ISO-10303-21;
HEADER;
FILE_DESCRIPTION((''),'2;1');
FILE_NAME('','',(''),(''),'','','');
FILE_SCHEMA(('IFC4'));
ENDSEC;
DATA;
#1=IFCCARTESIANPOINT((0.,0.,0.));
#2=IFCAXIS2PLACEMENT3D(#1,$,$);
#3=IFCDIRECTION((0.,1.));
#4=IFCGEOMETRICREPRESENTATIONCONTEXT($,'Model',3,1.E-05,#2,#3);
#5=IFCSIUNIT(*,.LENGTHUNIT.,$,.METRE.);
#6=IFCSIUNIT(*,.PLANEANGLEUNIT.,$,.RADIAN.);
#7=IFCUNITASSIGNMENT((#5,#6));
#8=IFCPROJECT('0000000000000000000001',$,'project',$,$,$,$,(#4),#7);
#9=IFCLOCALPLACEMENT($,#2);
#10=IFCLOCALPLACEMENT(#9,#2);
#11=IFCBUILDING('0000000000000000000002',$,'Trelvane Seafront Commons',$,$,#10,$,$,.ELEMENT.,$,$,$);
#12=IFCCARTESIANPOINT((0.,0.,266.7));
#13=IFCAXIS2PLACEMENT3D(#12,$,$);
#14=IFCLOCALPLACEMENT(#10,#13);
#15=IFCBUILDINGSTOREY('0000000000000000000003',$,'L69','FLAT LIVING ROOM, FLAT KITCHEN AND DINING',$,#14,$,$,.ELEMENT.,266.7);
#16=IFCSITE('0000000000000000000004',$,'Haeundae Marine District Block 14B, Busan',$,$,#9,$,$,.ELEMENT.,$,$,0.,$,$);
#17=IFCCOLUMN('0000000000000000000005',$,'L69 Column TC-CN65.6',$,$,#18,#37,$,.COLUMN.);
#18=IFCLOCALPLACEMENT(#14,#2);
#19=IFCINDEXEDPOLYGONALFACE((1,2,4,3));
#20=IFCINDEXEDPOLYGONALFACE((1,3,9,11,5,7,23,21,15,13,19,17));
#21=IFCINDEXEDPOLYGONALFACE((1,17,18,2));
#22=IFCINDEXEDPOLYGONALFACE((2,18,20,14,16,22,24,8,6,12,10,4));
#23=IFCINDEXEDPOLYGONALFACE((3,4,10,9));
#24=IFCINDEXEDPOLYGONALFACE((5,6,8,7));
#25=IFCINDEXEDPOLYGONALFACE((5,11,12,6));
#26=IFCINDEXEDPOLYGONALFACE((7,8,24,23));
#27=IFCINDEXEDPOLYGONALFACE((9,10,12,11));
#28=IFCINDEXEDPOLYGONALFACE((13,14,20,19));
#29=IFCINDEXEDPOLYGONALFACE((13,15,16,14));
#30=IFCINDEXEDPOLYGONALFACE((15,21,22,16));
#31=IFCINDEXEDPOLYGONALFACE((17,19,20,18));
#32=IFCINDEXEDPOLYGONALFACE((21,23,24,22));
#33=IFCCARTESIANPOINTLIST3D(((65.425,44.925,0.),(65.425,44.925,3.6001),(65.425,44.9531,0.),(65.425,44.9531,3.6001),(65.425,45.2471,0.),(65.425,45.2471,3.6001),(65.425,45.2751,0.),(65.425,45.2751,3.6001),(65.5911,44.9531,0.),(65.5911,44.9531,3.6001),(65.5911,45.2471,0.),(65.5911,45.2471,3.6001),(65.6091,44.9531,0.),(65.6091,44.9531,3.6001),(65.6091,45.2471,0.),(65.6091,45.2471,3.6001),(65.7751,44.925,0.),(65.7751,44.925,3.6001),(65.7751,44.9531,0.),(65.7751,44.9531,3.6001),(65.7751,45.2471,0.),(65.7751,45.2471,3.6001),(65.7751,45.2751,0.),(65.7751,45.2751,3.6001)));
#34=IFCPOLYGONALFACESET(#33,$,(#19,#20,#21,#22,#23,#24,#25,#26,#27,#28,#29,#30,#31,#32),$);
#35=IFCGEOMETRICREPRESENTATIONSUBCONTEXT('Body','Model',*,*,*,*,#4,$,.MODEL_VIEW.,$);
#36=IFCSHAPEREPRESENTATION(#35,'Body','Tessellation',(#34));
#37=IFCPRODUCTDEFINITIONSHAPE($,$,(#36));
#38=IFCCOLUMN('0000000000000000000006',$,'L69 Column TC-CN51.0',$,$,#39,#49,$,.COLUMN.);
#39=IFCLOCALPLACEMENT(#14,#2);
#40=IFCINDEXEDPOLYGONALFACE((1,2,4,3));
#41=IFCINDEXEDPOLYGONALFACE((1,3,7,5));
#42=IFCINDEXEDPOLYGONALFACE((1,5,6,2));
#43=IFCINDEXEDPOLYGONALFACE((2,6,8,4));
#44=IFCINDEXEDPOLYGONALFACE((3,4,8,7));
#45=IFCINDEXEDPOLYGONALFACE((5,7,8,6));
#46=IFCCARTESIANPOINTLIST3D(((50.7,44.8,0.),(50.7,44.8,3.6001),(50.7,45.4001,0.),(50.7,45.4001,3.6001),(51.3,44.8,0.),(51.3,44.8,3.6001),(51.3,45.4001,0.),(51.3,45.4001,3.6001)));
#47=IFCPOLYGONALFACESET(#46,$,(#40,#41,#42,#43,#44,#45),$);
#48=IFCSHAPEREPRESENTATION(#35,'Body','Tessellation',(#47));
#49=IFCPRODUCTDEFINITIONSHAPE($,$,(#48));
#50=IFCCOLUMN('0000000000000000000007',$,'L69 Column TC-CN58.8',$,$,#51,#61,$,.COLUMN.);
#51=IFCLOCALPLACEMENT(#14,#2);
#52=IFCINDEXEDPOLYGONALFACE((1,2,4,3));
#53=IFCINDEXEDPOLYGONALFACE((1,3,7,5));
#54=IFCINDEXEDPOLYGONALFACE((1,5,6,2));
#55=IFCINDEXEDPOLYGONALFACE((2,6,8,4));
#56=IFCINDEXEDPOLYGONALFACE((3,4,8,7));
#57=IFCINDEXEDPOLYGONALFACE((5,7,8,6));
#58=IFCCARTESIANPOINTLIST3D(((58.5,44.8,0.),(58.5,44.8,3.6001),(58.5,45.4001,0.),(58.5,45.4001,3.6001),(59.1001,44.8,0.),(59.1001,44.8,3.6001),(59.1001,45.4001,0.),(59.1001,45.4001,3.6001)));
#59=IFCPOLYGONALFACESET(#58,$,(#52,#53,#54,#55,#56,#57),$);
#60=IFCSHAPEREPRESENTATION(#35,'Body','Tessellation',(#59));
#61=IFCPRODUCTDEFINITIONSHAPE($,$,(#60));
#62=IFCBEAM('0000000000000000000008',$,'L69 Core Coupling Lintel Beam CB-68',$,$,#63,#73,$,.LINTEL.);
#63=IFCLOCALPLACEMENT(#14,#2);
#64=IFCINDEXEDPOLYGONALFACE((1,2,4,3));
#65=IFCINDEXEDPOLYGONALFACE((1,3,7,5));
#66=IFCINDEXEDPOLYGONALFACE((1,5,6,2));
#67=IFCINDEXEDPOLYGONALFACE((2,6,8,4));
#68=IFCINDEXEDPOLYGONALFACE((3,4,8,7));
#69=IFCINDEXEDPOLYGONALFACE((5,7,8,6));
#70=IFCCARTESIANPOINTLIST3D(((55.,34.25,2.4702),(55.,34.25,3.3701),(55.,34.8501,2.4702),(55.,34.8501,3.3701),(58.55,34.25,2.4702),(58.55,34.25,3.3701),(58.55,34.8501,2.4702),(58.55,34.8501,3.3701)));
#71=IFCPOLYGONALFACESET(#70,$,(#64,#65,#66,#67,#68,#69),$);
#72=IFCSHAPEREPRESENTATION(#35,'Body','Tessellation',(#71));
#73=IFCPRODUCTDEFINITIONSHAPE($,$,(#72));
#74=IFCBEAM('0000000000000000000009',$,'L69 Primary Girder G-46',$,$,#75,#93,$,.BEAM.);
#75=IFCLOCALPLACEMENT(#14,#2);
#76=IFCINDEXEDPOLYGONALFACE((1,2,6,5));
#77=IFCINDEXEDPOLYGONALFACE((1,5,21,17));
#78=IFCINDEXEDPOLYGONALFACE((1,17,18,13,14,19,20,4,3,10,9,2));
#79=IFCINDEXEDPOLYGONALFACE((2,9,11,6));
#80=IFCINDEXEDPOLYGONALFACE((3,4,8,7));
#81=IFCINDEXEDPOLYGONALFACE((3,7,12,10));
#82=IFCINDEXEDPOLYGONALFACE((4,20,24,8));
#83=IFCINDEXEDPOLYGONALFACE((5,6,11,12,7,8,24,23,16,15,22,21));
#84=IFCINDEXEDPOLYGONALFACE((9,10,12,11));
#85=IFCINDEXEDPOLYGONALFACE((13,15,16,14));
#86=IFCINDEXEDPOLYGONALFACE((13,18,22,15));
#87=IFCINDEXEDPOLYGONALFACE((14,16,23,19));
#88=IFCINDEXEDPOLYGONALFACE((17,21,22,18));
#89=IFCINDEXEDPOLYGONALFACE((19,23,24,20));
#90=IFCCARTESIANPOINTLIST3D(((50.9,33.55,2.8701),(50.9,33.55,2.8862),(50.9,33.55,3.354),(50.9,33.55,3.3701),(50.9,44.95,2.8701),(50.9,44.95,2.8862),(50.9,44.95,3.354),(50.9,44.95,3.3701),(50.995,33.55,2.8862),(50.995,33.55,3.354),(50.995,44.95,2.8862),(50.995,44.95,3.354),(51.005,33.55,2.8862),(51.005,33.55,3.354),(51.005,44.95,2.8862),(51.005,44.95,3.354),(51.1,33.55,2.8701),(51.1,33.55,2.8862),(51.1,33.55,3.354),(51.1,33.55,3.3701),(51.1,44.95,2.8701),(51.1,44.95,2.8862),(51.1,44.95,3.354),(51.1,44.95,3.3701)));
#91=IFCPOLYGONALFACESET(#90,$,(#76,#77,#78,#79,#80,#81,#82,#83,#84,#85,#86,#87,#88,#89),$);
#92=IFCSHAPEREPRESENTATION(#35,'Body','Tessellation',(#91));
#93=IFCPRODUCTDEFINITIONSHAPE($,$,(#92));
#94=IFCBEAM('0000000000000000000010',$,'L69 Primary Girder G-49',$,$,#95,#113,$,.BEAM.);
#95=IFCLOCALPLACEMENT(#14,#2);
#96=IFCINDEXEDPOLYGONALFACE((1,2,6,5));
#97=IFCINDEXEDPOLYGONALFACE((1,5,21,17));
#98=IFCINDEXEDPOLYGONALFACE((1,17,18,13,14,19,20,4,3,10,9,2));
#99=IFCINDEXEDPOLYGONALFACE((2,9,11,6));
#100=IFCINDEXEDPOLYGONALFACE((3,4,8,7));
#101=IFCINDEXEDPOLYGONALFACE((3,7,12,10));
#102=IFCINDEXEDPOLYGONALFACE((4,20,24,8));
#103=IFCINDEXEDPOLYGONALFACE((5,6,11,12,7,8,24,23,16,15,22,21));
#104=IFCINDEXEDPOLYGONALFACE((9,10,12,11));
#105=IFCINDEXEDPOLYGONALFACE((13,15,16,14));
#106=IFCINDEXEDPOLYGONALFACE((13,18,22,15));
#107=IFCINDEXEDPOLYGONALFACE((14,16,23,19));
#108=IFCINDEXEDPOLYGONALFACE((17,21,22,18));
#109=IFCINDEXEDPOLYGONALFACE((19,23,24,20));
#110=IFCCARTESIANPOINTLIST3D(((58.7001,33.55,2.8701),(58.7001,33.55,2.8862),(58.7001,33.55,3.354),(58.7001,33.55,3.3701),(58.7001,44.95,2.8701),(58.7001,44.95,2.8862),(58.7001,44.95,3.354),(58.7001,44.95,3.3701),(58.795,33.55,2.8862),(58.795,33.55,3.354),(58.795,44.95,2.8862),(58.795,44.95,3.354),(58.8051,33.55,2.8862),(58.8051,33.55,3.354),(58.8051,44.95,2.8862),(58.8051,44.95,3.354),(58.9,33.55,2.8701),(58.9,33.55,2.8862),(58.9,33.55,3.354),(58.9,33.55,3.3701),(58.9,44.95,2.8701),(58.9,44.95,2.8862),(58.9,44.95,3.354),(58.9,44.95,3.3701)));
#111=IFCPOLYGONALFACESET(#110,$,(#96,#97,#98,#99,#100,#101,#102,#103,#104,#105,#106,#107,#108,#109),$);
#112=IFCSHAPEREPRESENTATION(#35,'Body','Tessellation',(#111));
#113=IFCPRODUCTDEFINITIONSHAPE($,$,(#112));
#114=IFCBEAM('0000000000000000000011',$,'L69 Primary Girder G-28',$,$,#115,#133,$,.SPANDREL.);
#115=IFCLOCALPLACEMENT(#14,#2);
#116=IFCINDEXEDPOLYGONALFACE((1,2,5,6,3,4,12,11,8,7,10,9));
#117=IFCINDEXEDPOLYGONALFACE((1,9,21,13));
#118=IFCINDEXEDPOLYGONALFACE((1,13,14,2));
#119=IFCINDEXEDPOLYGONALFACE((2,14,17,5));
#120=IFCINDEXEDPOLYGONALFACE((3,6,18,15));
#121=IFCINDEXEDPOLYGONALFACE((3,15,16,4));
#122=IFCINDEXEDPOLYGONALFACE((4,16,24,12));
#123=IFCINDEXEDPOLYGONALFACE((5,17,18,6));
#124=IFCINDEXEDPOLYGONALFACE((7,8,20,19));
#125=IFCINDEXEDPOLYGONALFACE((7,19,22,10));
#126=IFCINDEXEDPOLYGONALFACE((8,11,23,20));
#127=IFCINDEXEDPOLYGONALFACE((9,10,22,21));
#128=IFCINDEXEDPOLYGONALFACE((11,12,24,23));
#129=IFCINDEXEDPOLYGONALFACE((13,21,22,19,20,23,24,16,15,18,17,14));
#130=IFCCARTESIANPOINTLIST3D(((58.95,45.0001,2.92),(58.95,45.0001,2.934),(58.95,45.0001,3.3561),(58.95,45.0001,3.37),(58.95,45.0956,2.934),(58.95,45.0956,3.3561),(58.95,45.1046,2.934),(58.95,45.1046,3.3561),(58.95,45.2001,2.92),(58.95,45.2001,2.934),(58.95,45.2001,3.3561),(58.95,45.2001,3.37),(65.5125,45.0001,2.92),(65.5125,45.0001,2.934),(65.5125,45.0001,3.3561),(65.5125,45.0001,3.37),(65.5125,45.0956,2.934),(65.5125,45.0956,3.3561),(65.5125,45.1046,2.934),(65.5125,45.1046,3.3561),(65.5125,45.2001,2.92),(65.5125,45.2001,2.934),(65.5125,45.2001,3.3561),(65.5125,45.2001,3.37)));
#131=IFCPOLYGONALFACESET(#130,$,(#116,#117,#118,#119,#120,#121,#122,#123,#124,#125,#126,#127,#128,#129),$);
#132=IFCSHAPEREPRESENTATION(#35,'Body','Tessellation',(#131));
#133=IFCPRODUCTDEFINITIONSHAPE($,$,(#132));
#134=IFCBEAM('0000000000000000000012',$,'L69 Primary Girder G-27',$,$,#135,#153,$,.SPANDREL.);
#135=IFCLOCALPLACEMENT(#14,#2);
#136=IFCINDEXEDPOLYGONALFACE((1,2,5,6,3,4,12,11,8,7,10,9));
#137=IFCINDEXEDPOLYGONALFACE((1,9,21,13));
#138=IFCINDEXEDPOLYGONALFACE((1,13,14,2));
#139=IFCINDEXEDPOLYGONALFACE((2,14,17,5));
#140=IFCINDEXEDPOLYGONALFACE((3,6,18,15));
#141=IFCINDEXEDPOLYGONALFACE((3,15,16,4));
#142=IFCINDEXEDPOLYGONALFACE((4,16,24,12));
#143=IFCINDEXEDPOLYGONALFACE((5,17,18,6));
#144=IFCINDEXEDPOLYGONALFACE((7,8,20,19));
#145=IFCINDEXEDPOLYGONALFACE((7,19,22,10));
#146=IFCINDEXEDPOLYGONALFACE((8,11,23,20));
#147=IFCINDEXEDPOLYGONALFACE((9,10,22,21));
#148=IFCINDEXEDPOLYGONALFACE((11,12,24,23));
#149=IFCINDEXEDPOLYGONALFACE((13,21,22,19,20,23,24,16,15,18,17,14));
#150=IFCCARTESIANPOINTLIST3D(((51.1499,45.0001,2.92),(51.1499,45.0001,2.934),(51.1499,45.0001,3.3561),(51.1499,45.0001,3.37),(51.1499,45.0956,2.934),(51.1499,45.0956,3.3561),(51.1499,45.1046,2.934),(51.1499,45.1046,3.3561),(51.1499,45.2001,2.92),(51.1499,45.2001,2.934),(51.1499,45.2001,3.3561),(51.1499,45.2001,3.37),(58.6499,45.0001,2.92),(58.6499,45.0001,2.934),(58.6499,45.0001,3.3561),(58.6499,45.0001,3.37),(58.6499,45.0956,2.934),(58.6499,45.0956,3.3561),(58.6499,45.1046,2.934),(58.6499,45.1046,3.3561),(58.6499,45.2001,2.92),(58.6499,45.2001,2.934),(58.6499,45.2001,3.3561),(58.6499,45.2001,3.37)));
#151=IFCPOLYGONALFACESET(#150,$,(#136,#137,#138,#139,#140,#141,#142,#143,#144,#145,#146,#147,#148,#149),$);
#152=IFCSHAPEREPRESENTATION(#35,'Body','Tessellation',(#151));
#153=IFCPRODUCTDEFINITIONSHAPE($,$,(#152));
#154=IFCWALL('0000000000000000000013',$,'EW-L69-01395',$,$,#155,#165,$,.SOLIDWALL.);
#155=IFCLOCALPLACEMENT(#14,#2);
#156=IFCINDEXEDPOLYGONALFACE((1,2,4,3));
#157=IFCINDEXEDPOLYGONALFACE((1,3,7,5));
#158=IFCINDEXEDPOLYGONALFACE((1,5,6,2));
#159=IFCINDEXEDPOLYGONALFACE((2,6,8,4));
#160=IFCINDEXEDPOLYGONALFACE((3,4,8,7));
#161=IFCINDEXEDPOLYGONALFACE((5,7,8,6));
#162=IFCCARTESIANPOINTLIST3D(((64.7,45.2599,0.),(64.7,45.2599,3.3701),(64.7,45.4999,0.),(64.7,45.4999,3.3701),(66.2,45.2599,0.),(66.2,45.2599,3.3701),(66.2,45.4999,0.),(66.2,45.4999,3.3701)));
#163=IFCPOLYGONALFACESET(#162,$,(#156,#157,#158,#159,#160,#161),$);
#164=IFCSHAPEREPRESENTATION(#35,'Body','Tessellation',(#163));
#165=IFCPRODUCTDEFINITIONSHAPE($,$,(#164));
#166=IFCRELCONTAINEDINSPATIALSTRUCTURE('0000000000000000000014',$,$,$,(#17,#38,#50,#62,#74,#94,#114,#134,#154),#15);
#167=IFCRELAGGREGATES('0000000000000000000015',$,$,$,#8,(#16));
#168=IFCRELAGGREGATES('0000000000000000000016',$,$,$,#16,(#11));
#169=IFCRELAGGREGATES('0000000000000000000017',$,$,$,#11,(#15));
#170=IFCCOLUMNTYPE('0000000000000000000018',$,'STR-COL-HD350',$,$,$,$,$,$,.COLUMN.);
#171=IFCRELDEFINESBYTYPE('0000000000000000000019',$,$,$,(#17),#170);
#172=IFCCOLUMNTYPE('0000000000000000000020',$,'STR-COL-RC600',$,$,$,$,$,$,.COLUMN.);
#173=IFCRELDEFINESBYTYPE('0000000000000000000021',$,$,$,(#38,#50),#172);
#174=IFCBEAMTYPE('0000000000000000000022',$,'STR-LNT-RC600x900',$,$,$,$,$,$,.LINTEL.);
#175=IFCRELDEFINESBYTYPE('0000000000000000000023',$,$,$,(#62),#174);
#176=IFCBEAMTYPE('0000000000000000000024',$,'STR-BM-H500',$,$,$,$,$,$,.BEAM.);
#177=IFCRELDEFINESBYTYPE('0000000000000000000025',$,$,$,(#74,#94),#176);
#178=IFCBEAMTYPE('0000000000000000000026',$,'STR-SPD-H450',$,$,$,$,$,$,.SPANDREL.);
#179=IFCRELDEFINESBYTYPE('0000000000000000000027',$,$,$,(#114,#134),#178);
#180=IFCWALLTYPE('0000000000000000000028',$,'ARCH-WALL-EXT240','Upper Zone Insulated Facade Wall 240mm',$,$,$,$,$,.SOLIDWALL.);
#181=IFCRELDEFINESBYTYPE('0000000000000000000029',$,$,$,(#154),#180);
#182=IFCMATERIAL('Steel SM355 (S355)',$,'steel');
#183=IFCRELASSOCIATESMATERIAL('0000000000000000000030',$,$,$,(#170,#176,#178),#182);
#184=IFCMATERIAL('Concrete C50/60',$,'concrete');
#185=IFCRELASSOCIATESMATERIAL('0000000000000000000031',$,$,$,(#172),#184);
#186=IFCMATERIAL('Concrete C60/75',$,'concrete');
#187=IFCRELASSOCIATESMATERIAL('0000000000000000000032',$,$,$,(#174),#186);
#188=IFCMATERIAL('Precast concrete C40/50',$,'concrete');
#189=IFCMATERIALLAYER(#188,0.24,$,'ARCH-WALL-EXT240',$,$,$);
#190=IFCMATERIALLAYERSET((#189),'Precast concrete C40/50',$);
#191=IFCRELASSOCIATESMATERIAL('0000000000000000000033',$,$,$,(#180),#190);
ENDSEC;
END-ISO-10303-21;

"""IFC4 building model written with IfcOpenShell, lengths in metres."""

from ifc_helpers import new_model, si_unit, direction, frame, frame_2d, origin, origin_2d, place, context, subcontext, project, spatial, rectangle, i_section, extrude, source, transform, mapped, material, layer, layer_set, material_profile, profile_set, type_object, element, save


model = new_model("IFC4")

# Units and contexts
model_context = context("Model", 3, precision=1e-05, world=origin(), true_north=direction((0.0, 1.0)))
body_context = subcontext(model_context, "Body", "Model", "MODEL_VIEW")
ifc_project = project(units=[si_unit("LENGTHUNIT", "METRE"), si_unit("PLANEANGLEUNIT", "RADIAN")], contexts=[model_context])

# Site, building, storey
site_placement = place(None, origin())
site = spatial("IfcSite", under=ifc_project, at=site_placement, Name="Haeundae Marine District Block 14B, Busan", CompositionType="ELEMENT", RefElevation=0.0)
building_placement = place(site_placement, origin())
building = spatial("IfcBuilding", under=site, at=building_placement, Name="Trelvane Seafront Commons", CompositionType="ELEMENT")
storey_placement = place(building_placement, frame((0.0, 0.0, 266.7)))
storey = spatial("IfcBuildingStorey", under=building, at=storey_placement, Name="L69", Description="FLAT LIVING ROOM, FLAT KITCHEN AND DINING", CompositionType="ELEMENT", Elevation=266.7)

# Columns
ifc_material_1 = material(Name="Steel SM355 (S355)", Category="steel")
ifc_material_profile_1 = material_profile(ifc_material_1, i_section(OverallWidth=0.3501, OverallDepth=0.3501, WebThickness=0.0181, FlangeThickness=0.0281, at=origin_2d()), Name="HD-350x350x18x28")
ifc_profile_set_1 = profile_set([ifc_material_profile_1], Name="Steel SM355 (S355)")
column_type_1 = type_object("IfcColumnType", Name="STR-COL-HD350", PredefinedType="COLUMN", material=ifc_profile_set_1)
shared_shape_1 = source(origin(), body_context, "Body", "SweptSolid", [
    extrude(i_section(OverallWidth=0.3501, OverallDepth=0.3501, WebThickness=0.0181, FlangeThickness=0.0281, at=origin_2d()), origin(), (0.0, 0.0, 1.0), 3.6001),
])
column_placement = place(storey_placement, frame((65.6001, 45.1001, 0.0), z_axis=(0.0, 0.0, 1.0), x_axis=(1.0, 0.0, 0.0)))
element("IfcColumn", 1, at=column_placement, inside=storey, type_object=column_type_1, Name="L69 Column TC-CN65.6", PredefinedType="COLUMN", context=body_context, shape_type="MappedRepresentation", body=[
    mapped(shared_shape_1, transform((0.0, 0.0, 0.0), x_axis=(1.0, 0.0, 0.0), y_axis=(0.0, 1.0, 0.0), z_axis=(0.0, 0.0, 1.0), scale=1.0)),
])
ifc_material_2 = material(Name="Concrete C50/60", Category="concrete")
ifc_material_profile_2 = material_profile(ifc_material_2, rectangle(XDim=0.6001, YDim=0.6001, at=origin_2d()), Name="RC-600x600")
ifc_profile_set_2 = profile_set([ifc_material_profile_2], Name="Concrete C50/60")
column_type_2 = type_object("IfcColumnType", Name="STR-COL-RC600", PredefinedType="COLUMN", material=ifc_profile_set_2)
shared_shape_2 = source(origin(), body_context, "Body", "SweptSolid", [
    extrude(rectangle(XDim=0.6001, YDim=0.6001, at=origin_2d()), origin(), (0.0, 0.0, 1.0), 3.6001),
])
for number, where, z_axis, x_axis, name in (
    (2, (51.0, 45.1001, 0.0), (0.0, 0.0, 1.0), (1.0, 0.0, 0.0), "L69 Column TC-CN51.0"),
    (3, (58.8, 45.1001, 0.0), (0.0, 0.0, 1.0), (1.0, 0.0, 0.0), "L69 Column TC-CN58.8"),
):
    element("IfcColumn", number, at=place(storey_placement, frame(where, z_axis=z_axis, x_axis=x_axis)), inside=storey, type_object=column_type_2, Name=name, PredefinedType="COLUMN", context=body_context, shape_type="MappedRepresentation", body=[
        mapped(shared_shape_2, transform((0.0, 0.0, 0.0), x_axis=(1.0, 0.0, 0.0), y_axis=(0.0, 1.0, 0.0), z_axis=(0.0, 0.0, 1.0), scale=1.0)),
    ])

# Beams
ifc_material_3 = material(Name="Concrete C60/75", Category="concrete")
ifc_material_profile_3 = material_profile(ifc_material_3, rectangle(XDim=0.6001, YDim=0.8999, at=origin_2d()), Name="RC-600x900")
ifc_profile_set_3 = profile_set([ifc_material_profile_3], Name="Concrete C60/75")
beam_type_1 = type_object("IfcBeamType", Name="STR-LNT-RC600x900", PredefinedType="LINTEL", material=ifc_profile_set_3)
shared_shape_3 = source(origin(), body_context, "Body", "SweptSolid", [
    extrude(rectangle(XDim=0.6001, YDim=0.8999, at=origin_2d()), origin(), (0.0, 0.0, 1.0), 3.55),
])
beam_1_placement = place(storey_placement, frame((55.0, 34.55, 2.9202), z_axis=(1.0, 0.0, 0.0), x_axis=(0.0, 1.0, 0.0)))
element("IfcBeam", 4, at=beam_1_placement, inside=storey, type_object=beam_type_1, Name="L69 Core Coupling Lintel Beam CB-68", PredefinedType="LINTEL", context=body_context, shape_type="MappedRepresentation", body=[
    mapped(shared_shape_3, transform((0.0, 0.0, 0.0), x_axis=(1.0, 0.0, 0.0), y_axis=(0.0, 1.0, 0.0), z_axis=(0.0, 0.0, 1.0), scale=1.0)),
])
ifc_material_profile_4 = material_profile(ifc_material_1, i_section(OverallWidth=0.2, OverallDepth=0.5, WebThickness=0.01, FlangeThickness=0.0161, at=origin_2d()), Name="H-500x200x10x16")
ifc_profile_set_4 = profile_set([ifc_material_profile_4], Name="Steel SM355 (S355)")
beam_type_2 = type_object("IfcBeamType", Name="STR-BM-H500", PredefinedType="BEAM", material=ifc_profile_set_4)
shared_shape_4 = source(origin(), body_context, "Body", "SweptSolid", [
    extrude(i_section(OverallWidth=0.2, OverallDepth=0.5, WebThickness=0.01, FlangeThickness=0.0161, at=origin_2d()), origin(), (0.0, 0.0, 1.0), 11.3999),
])
for number, where, z_axis, x_axis, name in (
    (5, (51.0, 33.55, 3.1201), (0.0, 1.0, 0.0), (-1.0, 0.0, 0.0), "L69 Primary Girder G-46"),
    (6, (58.8, 33.55, 3.1201), (0.0, 1.0, 0.0), (-1.0, 0.0, 0.0), "L69 Primary Girder G-49"),
):
    element("IfcBeam", number, at=place(storey_placement, frame(where, z_axis=z_axis, x_axis=x_axis)), inside=storey, type_object=beam_type_2, Name=name, PredefinedType="BEAM", context=body_context, shape_type="MappedRepresentation", body=[
        mapped(shared_shape_4, transform((0.0, 0.0, 0.0), x_axis=(1.0, 0.0, 0.0), y_axis=(0.0, 1.0, 0.0), z_axis=(0.0, 0.0, 1.0), scale=1.0)),
    ])
ifc_material_profile_5 = material_profile(ifc_material_1, i_section(OverallWidth=0.2, OverallDepth=0.45, WebThickness=0.009, FlangeThickness=0.0139, at=origin_2d()), Name="H-450x200x9x14")
ifc_profile_set_5 = profile_set([ifc_material_profile_5], Name="Steel SM355 (S355)")
beam_type_3 = type_object("IfcBeamType", Name="STR-SPD-H450", PredefinedType="SPANDREL", material=ifc_profile_set_5)
shared_shape_5 = source(origin(), body_context, "Body", "SweptSolid", [
    extrude(i_section(OverallWidth=0.2, OverallDepth=0.45, WebThickness=0.009, FlangeThickness=0.0139, at=origin_2d()), origin(), (0.0, 0.0, 1.0), 6.5625),
])
beam_2_placement = place(storey_placement, frame((58.95, 45.1001, 3.145), z_axis=(1.0, 0.0, 0.0), x_axis=(0.0, 1.0, 0.0)))
element("IfcBeam", 7, at=beam_2_placement, inside=storey, type_object=beam_type_3, Name="L69 Primary Girder G-28", PredefinedType="SPANDREL", context=body_context, shape_type="MappedRepresentation", body=[
    mapped(shared_shape_5, transform((0.0, 0.0, 0.0), x_axis=(1.0, 0.0, 0.0), y_axis=(0.0, 1.0, 0.0), z_axis=(0.0, 0.0, 1.0), scale=1.0)),
])
shared_shape_6 = source(origin(), body_context, "Body", "SweptSolid", [
    extrude(i_section(OverallWidth=0.2, OverallDepth=0.45, WebThickness=0.009, FlangeThickness=0.0139, at=origin_2d()), origin(), (0.0, 0.0, 1.0), 7.5),
])
beam_3_placement = place(storey_placement, frame((51.1499, 45.1001, 3.145), z_axis=(1.0, 0.0, 0.0), x_axis=(0.0, 1.0, 0.0)))
element("IfcBeam", 8, at=beam_3_placement, inside=storey, type_object=beam_type_3, Name="L69 Primary Girder G-27", PredefinedType="SPANDREL", context=body_context, shape_type="MappedRepresentation", body=[
    mapped(shared_shape_6, transform((0.0, 0.0, 0.0), x_axis=(1.0, 0.0, 0.0), y_axis=(0.0, 1.0, 0.0), z_axis=(0.0, 0.0, 1.0), scale=1.0)),
])

# Wall
ifc_material_4 = material(Name="Precast concrete C40/50", Category="concrete")
ifc_layer_1 = layer(ifc_material_4, 0.24, Name="ARCH-WALL-EXT240")
ifc_layer_set_1 = layer_set([ifc_layer_1], Name="Precast concrete C40/50")
wall_type_1 = type_object("IfcWallType", Name="ARCH-WALL-EXT240", Description="Upper Zone Insulated Facade Wall 240mm", PredefinedType="SOLIDWALL", material=ifc_layer_set_1)
wall_1_placement = place(storey_placement, frame((64.7, 45.3799, 0.0), z_axis=(0.0, 0.0, 1.0), x_axis=(1.0, 0.0, 0.0)))
element("IfcWall", 9, at=wall_1_placement, inside=storey, type_object=wall_type_1, Name="EW-L69-01395", PredefinedType="SOLIDWALL", context=body_context, shape_type="SweptSolid", body=[
    extrude(rectangle(XDim=1.5, YDim=0.24, at=frame_2d((0.75, 0.0))), origin(), (0.0, 0.0, 1.0), 3.3701),
])

save(model, "model.ifc")
